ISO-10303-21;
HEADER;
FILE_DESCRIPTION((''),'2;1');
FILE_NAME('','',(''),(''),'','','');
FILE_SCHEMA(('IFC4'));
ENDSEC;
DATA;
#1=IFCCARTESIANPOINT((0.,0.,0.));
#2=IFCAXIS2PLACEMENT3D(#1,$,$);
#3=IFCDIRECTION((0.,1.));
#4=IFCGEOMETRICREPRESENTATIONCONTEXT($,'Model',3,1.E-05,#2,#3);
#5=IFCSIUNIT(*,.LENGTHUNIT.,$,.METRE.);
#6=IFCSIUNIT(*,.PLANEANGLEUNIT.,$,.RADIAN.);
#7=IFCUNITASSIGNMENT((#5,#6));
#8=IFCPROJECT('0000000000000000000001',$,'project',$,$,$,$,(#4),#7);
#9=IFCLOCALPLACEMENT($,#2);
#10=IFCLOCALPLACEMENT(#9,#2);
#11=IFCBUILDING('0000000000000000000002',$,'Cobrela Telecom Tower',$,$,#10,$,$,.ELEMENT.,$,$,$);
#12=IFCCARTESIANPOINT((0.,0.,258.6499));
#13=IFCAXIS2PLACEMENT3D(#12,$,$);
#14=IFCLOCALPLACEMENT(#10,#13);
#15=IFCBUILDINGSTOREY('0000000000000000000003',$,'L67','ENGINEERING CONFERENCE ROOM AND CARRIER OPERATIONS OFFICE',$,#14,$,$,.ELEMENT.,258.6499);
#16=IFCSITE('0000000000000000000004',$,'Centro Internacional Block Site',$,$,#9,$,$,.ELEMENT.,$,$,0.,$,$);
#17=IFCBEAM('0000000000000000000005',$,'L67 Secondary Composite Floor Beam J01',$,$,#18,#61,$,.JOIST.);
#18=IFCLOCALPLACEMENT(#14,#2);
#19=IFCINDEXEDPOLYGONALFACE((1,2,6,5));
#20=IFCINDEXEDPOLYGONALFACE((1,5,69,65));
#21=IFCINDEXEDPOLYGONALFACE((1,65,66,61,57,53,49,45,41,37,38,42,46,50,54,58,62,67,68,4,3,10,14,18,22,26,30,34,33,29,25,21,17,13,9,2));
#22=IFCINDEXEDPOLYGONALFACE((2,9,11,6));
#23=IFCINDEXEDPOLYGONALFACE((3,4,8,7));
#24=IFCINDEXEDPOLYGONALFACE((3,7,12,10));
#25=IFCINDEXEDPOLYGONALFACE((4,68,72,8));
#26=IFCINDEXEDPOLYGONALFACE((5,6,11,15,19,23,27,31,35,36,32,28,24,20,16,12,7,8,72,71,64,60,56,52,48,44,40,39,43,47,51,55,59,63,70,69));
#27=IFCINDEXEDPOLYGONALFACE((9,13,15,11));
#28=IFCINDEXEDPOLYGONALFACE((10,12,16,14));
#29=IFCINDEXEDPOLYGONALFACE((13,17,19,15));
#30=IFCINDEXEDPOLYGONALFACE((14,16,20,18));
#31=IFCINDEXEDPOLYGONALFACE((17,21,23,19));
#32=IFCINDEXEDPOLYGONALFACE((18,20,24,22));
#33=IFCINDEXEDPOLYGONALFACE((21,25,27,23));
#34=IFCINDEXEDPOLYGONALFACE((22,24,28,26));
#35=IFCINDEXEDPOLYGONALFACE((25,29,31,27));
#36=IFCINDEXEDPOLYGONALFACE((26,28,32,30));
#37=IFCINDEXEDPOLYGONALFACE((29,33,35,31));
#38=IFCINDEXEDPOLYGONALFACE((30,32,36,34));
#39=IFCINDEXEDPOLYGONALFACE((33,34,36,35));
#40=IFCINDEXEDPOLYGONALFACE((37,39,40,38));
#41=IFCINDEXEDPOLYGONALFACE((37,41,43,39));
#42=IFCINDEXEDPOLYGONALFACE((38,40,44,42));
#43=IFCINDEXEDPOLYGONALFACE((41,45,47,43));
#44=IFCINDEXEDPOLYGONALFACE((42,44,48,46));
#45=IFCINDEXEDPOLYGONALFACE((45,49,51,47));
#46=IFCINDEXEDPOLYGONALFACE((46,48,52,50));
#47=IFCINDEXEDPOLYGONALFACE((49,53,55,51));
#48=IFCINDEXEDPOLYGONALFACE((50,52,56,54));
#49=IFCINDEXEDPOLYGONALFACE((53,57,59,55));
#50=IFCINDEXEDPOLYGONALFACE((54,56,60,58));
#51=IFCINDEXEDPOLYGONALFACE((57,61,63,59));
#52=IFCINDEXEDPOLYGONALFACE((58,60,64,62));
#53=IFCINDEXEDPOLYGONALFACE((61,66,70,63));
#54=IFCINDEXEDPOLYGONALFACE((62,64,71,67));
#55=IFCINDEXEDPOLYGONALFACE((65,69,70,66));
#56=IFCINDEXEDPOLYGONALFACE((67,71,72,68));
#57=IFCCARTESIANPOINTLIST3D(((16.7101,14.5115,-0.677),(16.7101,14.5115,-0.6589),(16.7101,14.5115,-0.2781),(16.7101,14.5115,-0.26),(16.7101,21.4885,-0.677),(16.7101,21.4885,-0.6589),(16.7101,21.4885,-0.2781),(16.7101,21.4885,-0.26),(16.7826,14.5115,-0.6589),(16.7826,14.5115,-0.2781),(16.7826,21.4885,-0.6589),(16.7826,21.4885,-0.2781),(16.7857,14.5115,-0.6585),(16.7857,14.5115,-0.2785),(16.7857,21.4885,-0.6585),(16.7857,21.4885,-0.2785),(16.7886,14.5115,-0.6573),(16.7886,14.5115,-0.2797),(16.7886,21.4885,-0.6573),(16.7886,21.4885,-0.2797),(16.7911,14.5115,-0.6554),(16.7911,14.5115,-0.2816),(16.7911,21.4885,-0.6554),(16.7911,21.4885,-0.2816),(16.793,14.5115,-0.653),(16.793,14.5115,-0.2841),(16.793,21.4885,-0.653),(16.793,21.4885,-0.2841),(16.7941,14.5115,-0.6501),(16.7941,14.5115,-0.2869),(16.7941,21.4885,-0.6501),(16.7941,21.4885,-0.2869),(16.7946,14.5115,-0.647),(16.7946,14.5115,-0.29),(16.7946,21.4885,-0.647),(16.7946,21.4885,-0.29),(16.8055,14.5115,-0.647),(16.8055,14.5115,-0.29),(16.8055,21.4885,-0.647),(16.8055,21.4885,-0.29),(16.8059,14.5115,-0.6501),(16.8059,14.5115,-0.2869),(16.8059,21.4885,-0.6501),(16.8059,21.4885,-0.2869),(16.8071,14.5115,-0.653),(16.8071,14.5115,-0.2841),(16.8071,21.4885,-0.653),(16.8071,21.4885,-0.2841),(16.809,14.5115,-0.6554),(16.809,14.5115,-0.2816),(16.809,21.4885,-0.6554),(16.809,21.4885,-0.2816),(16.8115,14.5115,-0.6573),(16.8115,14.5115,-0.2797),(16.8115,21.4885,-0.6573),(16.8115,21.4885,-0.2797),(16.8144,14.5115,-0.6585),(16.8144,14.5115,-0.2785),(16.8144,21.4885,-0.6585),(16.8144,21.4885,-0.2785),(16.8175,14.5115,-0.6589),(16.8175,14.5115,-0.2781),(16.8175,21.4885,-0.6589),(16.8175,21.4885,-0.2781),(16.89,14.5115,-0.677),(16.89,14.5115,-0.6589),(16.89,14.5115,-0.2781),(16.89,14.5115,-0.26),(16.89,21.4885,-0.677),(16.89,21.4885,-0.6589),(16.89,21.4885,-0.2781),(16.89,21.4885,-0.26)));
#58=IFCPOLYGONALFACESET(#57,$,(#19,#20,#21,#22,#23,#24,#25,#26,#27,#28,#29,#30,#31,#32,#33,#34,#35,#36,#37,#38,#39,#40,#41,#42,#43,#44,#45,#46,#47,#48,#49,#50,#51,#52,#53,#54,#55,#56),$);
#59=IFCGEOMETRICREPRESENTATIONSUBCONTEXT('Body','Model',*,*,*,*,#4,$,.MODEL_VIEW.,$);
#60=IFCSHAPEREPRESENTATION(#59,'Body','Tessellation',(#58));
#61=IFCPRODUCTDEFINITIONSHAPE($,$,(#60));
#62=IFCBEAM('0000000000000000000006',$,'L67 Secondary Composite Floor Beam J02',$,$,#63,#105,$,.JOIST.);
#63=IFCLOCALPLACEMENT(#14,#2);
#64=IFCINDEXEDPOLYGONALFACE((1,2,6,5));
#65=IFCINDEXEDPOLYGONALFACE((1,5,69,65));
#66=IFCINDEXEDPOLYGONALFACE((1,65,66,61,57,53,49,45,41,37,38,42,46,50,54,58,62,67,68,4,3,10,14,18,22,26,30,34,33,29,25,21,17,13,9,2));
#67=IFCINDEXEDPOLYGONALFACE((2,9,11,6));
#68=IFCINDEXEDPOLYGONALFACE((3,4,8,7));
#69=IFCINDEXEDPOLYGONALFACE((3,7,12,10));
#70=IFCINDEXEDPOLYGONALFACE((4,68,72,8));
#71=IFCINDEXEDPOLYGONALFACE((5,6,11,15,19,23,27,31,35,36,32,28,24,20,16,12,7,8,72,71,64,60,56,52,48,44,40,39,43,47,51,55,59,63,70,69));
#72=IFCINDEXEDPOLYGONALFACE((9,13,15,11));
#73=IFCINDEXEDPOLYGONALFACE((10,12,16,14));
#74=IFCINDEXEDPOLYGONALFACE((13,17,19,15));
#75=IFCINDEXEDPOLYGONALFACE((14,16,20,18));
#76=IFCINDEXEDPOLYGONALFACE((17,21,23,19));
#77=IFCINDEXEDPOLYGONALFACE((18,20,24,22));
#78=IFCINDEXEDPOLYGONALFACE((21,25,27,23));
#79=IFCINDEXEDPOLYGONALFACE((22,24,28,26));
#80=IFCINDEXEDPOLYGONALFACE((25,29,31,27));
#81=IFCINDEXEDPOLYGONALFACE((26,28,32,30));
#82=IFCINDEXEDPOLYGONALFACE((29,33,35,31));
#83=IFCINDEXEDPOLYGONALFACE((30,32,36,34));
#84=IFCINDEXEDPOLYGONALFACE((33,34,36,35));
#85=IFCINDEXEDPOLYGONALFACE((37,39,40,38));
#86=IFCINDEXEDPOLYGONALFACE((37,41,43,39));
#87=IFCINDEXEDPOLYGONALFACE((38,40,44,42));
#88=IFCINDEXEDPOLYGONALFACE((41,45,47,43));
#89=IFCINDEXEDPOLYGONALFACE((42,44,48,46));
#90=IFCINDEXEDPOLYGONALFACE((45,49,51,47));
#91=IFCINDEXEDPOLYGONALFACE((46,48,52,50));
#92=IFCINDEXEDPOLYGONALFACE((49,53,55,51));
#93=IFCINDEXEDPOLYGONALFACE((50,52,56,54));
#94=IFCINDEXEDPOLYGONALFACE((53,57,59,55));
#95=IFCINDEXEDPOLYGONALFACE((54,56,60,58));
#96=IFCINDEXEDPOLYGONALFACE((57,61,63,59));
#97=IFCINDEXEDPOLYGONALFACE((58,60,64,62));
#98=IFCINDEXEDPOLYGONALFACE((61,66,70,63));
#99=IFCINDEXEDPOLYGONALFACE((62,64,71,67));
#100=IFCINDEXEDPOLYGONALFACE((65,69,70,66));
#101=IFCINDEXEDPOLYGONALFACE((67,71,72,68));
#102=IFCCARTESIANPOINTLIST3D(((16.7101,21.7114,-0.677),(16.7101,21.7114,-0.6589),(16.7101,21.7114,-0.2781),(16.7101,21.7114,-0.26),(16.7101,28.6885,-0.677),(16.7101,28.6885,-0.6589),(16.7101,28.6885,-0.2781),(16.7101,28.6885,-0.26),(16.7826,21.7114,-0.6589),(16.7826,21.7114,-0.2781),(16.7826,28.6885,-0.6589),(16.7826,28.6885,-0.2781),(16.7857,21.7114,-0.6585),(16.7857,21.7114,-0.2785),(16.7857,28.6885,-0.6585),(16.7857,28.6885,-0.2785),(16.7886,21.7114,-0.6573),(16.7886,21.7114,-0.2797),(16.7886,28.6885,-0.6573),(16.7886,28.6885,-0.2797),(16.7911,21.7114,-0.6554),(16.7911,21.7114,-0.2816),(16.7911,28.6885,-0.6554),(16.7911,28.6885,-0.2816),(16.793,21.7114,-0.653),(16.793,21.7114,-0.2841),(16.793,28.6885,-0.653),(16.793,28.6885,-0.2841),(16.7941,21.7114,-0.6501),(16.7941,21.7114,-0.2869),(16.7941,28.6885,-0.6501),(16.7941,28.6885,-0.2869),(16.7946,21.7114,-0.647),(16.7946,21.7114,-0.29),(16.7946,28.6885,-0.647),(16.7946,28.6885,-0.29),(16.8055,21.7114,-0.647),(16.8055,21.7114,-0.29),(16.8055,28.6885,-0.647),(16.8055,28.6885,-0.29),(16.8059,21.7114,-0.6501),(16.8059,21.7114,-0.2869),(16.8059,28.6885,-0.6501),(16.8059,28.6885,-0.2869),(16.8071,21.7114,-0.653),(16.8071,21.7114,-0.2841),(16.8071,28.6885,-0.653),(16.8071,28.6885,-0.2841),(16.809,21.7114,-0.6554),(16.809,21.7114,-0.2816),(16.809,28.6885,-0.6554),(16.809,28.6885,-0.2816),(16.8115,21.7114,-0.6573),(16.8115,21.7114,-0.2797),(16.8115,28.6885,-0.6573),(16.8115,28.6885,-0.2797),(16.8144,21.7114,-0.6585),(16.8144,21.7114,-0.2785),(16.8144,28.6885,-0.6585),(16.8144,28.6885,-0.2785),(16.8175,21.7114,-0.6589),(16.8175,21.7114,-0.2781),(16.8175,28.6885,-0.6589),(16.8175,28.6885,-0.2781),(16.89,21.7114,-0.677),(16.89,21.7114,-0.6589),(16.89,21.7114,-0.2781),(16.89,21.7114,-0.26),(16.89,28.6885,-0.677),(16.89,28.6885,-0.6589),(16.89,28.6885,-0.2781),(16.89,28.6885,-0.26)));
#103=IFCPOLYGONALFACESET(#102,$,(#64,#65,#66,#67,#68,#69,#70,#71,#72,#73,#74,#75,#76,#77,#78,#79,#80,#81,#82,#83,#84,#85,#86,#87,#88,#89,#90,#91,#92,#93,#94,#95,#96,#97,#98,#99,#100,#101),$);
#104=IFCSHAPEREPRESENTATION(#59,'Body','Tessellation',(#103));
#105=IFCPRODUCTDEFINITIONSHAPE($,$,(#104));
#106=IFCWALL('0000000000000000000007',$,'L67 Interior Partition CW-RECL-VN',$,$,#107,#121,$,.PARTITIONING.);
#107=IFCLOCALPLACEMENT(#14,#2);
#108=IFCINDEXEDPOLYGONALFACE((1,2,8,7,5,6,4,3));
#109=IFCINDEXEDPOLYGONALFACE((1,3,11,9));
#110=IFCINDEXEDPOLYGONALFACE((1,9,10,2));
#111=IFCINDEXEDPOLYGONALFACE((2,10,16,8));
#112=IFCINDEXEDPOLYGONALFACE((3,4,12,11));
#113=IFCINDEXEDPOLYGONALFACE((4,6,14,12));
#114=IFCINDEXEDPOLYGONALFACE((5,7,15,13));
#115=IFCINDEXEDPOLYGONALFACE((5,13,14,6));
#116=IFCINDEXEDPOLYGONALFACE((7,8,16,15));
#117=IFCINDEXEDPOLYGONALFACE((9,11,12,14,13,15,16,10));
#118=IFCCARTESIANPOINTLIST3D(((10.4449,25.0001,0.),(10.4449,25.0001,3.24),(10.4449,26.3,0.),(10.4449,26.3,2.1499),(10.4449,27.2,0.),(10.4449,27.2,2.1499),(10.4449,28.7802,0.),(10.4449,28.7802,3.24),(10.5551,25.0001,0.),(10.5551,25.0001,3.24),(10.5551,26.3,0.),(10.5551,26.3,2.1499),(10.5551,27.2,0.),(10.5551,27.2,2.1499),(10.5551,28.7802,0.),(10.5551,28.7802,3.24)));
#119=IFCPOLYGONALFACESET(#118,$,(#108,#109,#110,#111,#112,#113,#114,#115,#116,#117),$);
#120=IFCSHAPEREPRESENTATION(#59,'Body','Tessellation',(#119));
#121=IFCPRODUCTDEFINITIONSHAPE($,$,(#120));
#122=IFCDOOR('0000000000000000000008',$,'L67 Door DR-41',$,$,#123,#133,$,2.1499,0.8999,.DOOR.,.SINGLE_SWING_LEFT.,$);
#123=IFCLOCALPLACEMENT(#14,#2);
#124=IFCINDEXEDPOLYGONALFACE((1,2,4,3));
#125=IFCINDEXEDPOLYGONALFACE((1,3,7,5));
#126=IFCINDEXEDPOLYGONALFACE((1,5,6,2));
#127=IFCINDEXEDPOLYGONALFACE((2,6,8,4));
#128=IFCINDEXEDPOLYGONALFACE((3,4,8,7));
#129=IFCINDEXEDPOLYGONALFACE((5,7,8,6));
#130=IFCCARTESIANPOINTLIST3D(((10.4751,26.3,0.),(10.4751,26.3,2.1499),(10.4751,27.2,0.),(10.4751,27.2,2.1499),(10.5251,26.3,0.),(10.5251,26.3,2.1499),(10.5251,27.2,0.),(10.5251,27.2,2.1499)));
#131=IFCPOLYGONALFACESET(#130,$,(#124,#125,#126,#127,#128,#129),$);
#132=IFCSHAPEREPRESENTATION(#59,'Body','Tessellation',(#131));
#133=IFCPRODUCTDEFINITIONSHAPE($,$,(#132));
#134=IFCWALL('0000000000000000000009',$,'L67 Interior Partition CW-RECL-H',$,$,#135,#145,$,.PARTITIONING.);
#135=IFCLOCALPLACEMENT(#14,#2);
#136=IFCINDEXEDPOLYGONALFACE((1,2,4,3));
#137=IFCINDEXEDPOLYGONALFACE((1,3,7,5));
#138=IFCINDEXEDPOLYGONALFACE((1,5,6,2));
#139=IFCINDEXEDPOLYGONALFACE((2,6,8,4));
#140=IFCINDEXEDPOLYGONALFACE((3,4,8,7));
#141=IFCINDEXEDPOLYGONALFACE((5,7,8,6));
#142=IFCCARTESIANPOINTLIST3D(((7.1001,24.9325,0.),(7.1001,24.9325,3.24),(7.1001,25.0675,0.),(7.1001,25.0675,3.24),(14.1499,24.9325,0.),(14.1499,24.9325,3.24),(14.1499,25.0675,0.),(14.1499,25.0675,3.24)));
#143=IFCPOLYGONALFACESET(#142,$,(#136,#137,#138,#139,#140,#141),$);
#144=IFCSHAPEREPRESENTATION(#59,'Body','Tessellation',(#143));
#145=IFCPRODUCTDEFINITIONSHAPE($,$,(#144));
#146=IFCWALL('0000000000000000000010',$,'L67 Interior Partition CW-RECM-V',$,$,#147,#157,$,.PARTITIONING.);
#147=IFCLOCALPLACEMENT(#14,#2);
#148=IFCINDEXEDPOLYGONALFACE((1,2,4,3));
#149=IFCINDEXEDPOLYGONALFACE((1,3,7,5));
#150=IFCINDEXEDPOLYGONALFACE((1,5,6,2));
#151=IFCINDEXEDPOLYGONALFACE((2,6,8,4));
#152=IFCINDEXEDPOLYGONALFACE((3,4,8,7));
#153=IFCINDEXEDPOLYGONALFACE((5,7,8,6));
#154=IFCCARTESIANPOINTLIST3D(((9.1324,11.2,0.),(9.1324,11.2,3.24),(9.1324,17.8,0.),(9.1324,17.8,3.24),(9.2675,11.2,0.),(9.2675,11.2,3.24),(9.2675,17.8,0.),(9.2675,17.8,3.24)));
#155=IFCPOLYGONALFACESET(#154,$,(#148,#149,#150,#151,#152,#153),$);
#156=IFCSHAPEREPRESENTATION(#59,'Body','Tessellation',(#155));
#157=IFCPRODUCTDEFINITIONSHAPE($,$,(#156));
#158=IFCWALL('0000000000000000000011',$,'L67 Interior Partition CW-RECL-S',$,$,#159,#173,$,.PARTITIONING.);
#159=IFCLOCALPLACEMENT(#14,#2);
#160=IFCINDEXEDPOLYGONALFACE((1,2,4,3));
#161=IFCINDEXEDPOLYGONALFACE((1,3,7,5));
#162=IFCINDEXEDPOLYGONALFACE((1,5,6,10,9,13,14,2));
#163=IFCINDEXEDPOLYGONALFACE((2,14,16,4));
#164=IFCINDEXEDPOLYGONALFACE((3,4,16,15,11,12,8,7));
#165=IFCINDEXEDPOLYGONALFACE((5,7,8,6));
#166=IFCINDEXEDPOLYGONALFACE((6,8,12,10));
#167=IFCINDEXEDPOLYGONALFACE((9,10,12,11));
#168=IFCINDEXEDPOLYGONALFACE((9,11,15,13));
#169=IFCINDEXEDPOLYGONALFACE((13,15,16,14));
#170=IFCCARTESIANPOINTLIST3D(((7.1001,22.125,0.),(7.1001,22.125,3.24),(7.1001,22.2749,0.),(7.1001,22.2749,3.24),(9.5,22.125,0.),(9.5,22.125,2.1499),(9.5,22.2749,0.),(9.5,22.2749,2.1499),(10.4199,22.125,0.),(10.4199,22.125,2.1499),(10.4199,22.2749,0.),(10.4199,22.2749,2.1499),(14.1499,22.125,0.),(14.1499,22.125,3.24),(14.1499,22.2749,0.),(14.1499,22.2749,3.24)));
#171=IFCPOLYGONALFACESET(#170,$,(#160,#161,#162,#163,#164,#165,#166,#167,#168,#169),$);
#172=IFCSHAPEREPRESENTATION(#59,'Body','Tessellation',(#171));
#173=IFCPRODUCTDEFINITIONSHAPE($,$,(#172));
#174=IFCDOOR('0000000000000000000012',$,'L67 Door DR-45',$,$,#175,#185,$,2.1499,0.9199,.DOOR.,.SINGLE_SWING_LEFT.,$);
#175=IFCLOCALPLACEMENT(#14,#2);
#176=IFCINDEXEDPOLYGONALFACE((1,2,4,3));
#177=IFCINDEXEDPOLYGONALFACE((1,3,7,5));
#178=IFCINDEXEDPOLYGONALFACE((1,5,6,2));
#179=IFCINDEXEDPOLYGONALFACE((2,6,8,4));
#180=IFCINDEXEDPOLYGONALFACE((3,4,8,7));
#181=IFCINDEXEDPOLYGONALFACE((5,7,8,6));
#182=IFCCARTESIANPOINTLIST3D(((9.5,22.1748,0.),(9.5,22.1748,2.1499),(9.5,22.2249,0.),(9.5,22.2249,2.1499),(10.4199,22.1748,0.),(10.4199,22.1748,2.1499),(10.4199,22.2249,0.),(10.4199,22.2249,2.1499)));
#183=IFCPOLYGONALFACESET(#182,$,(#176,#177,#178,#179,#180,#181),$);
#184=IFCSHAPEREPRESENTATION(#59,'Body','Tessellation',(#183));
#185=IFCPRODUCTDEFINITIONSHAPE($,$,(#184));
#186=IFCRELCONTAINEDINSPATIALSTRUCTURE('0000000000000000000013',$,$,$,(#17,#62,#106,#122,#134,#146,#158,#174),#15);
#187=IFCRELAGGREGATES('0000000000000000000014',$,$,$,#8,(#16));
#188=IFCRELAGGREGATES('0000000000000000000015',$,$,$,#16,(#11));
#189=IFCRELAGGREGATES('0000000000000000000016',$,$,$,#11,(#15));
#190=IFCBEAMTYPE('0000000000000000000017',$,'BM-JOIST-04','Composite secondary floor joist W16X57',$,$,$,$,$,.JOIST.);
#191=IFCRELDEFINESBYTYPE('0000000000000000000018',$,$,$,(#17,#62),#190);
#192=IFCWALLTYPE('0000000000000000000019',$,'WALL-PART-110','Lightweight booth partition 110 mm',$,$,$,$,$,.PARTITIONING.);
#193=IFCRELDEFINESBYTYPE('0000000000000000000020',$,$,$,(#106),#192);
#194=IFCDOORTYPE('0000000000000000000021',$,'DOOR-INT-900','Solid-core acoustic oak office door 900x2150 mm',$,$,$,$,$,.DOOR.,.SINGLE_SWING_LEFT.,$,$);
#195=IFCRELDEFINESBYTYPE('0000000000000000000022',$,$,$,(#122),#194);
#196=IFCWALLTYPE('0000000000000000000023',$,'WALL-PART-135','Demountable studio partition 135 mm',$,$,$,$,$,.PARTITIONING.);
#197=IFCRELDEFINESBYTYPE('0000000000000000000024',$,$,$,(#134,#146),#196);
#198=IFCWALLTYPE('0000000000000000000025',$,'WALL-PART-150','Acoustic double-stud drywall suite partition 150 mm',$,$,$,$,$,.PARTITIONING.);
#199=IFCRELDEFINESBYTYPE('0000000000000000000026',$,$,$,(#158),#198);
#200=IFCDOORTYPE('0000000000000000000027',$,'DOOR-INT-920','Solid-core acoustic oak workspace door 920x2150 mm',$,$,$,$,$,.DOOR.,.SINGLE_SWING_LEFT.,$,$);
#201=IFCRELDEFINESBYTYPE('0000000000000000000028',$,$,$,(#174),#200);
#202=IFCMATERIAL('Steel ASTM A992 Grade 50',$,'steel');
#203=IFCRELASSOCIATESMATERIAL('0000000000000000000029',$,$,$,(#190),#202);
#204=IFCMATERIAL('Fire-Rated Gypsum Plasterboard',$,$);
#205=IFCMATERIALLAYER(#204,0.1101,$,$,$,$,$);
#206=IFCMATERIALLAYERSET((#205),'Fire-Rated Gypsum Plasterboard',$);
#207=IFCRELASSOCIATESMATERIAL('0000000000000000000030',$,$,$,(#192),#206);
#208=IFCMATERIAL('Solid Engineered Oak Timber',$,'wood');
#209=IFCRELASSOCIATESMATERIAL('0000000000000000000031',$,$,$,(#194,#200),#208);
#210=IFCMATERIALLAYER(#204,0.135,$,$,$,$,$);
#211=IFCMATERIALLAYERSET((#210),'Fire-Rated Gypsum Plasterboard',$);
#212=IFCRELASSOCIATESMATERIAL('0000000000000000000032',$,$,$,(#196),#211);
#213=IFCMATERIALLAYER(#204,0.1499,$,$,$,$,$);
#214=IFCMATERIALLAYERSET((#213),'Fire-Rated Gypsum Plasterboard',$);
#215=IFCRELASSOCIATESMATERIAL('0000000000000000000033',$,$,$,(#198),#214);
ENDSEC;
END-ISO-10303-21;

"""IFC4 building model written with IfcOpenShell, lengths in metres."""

from ifc_helpers import new_model, si_unit, direction, frame, frame_2d, origin, origin_2d, place, context, subcontext, project, spatial, rectangle, i_section, extrude, material, layer, layer_set, material_profile, profile_set, type_object, element, fill, save


model = new_model("IFC4")

# Units and contexts
model_context = context("Model", 3, precision=1e-05, world=origin(), true_north=direction((0.0, 1.0)))
body_context = subcontext(model_context, "Body", "Model", "MODEL_VIEW")
ifc_project = project(units=[si_unit("LENGTHUNIT", "METRE"), si_unit("PLANEANGLEUNIT", "RADIAN")], contexts=[model_context])

# Site, building, storey
site_placement = place(None, origin())
site = spatial("IfcSite", under=ifc_project, at=site_placement, Name="Centro Internacional Block Site", CompositionType="ELEMENT", RefElevation=0.0)
building_placement = place(site_placement, origin())
building = spatial("IfcBuilding", under=site, at=building_placement, Name="Cobrela Telecom Tower", CompositionType="ELEMENT")
storey_placement = place(building_placement, frame((0.0, 0.0, 258.6499)))
storey = spatial("IfcBuildingStorey", under=building, at=storey_placement, Name="L67", Description="ENGINEERING CONFERENCE ROOM AND CARRIER OPERATIONS OFFICE", CompositionType="ELEMENT", Elevation=258.6499)

# Beams
ifc_material_1 = material(Name="Steel ASTM A992 Grade 50", Category="steel")
ifc_material_profile_1 = material_profile(ifc_material_1, i_section(OverallWidth=0.1799, OverallDepth=0.417, WebThickness=0.011, FlangeThickness=0.0181, FilletRadius=0.012, at=origin_2d()), Name="W16X57")
ifc_profile_set_1 = profile_set([ifc_material_profile_1], Name="Steel ASTM A992 Grade 50")
beam_type_1 = type_object("IfcBeamType", Name="BM-JOIST-04", Description="Composite secondary floor joist W16X57", PredefinedType="JOIST", material=ifc_profile_set_1)
for number, where, z_axis, x_axis, name in (
    (1, (16.8, 14.5115, -0.4685), (0.0, 1.0, 0.0), (-1.0, 0.0, 0.0), "L67 Secondary Composite Floor Beam J01"),
    (2, (16.8, 21.7114, -0.4685), (0.0, 1.0, 0.0), (-1.0, 0.0, 0.0), "L67 Secondary Composite Floor Beam J02"),
):
    element("IfcBeam", number, at=place(storey_placement, frame(where, z_axis=z_axis, x_axis=x_axis)), inside=storey, type_object=beam_type_1, Name=name, PredefinedType="JOIST", context=body_context, shape_type="SweptSolid", body=[
        extrude(i_section(OverallWidth=0.1799, OverallDepth=0.417, WebThickness=0.011, FlangeThickness=0.0181, FilletRadius=0.012, at=origin_2d()), origin(), (0.0, 0.0, 1.0), 6.9771),
    ])

# Wall, opening, door
ifc_material_2 = material(Name="Fire-Rated Gypsum Plasterboard")
ifc_layer_1 = layer(ifc_material_2, 0.1101)
ifc_layer_set_1 = layer_set([ifc_layer_1], Name="Fire-Rated Gypsum Plasterboard")
wall_type_1 = type_object("IfcWallType", Name="WALL-PART-110", Description="Lightweight booth partition 110 mm", PredefinedType="PARTITIONING", material=ifc_layer_set_1)
wall_1_placement = place(storey_placement, frame((10.5, 25.0, 0.0), z_axis=(0.0, 0.0, 1.0), x_axis=(0.0, 1.0, 0.0)))
wall_1 = element("IfcWall", 3, at=wall_1_placement, inside=storey, type_object=wall_type_1, Name="L67 Interior Partition CW-RECL-VN", PredefinedType="PARTITIONING", context=body_context, shape_type="SweptSolid", body=[
    extrude(rectangle(XDim=3.78, YDim=0.1101, at=frame_2d((1.8901, 0.0))), origin(), (0.0, 0.0, 1.0), 3.24),
])
opening_1_placement = place(wall_1_placement, frame((1.3, 0.0, 0.0)))
opening_1 = element("IfcOpeningElement", 4, at=opening_1_placement, cuts=wall_1, PredefinedType="OPENING", context=body_context, shape_type="SweptSolid", body=[
    extrude(rectangle(XDim=0.8999, YDim=2.1499, at=frame_2d((0.45, 1.075))), frame((0.0, 0.0669, 0.0), z_axis=(0.0, -1.0, 0.0), x_axis=(1.0, 0.0, 0.0)), (0.0, 0.0, 1.0), 0.134),
])
ifc_material_3 = material(Name="Solid Engineered Oak Timber", Category="wood")
door_type_1 = type_object("IfcDoorType", Name="DOOR-INT-900", Description="Solid-core acoustic oak office door 900x2150 mm", OperationType="SINGLE_SWING_LEFT", PredefinedType="DOOR", material=ifc_material_3)
door_1_placement = place(opening_1_placement, origin())
door_1 = element("IfcDoor", 5, at=door_1_placement, inside=storey, type_object=door_type_1, Name="L67 Door DR-41", OperationType="SINGLE_SWING_LEFT", OverallHeight=2.1499, OverallWidth=0.8999, PredefinedType="DOOR", context=body_context, shape_type="SweptSolid", body=[
    extrude(rectangle(XDim=0.8999, YDim=2.1499, at=frame_2d((0.45, 1.075))), frame((0.0, 0.0249, 0.0), z_axis=(0.0, -1.0, 0.0), x_axis=(1.0, 0.0, 0.0)), (0.0, 0.0, 1.0), 0.05),
])
fill(opening_1, door_1)

# Walls
ifc_layer_2 = layer(ifc_material_2, 0.135)
ifc_layer_set_2 = layer_set([ifc_layer_2], Name="Fire-Rated Gypsum Plasterboard")
wall_type_2 = type_object("IfcWallType", Name="WALL-PART-135", Description="Demountable studio partition 135 mm", PredefinedType="PARTITIONING", material=ifc_layer_set_2)
wall_2_placement = place(storey_placement, frame((7.1001, 25.0, 0.0), z_axis=(0.0, 0.0, 1.0), x_axis=(1.0, 0.0, 0.0)))
element("IfcWall", 6, at=wall_2_placement, inside=storey, type_object=wall_type_2, Name="L67 Interior Partition CW-RECL-H", PredefinedType="PARTITIONING", context=body_context, shape_type="SweptSolid", body=[
    extrude(rectangle(XDim=7.0498, YDim=0.135, at=frame_2d((3.5249, 0.0))), origin(), (0.0, 0.0, 1.0), 3.24),
])
wall_3_placement = place(storey_placement, frame((9.2, 11.2, 0.0), z_axis=(0.0, 0.0, 1.0), x_axis=(0.0, 1.0, 0.0)))
element("IfcWall", 7, at=wall_3_placement, inside=storey, type_object=wall_type_2, Name="L67 Interior Partition CW-RECM-V", PredefinedType="PARTITIONING", context=body_context, shape_type="SweptSolid", body=[
    extrude(rectangle(XDim=6.6001, YDim=0.135, at=frame_2d((3.3, 0.0))), origin(), (0.0, 0.0, 1.0), 3.24),
])

# Wall, opening, door
ifc_layer_3 = layer(ifc_material_2, 0.1499)
ifc_layer_set_3 = layer_set([ifc_layer_3], Name="Fire-Rated Gypsum Plasterboard")
wall_type_3 = type_object("IfcWallType", Name="WALL-PART-150", Description="Acoustic double-stud drywall suite partition 150 mm", PredefinedType="PARTITIONING", material=ifc_layer_set_3)
wall_4_placement = place(storey_placement, frame((7.1001, 22.2, 0.0), z_axis=(0.0, 0.0, 1.0), x_axis=(1.0, 0.0, 0.0)))
wall_4 = element("IfcWall", 8, at=wall_4_placement, inside=storey, type_object=wall_type_3, Name="L67 Interior Partition CW-RECL-S", PredefinedType="PARTITIONING", context=body_context, shape_type="SweptSolid", body=[
    extrude(rectangle(XDim=7.0498, YDim=0.1499, at=frame_2d((3.5249, 0.0))), origin(), (0.0, 0.0, 1.0), 3.24),
])
opening_2_placement = place(wall_4_placement, frame((2.3999, 0.0, 0.0)))
opening_2 = element("IfcOpeningElement", 9, at=opening_2_placement, cuts=wall_4, PredefinedType="OPENING", context=body_context, shape_type="SweptSolid", body=[
    extrude(rectangle(XDim=0.9199, YDim=2.1499, at=frame_2d((0.46, 1.075))), frame((0.0, 0.0869, 0.0), z_axis=(0.0, -1.0, 0.0), x_axis=(1.0, 0.0, 0.0)), (0.0, 0.0, 1.0), 0.1738),
])
door_type_2 = type_object("IfcDoorType", Name="DOOR-INT-920", Description="Solid-core acoustic oak workspace door 920x2150 mm", OperationType="SINGLE_SWING_LEFT", PredefinedType="DOOR", material=ifc_material_3)
door_2_placement = place(opening_2_placement, origin())
door_2 = element("IfcDoor", 10, at=door_2_placement, inside=storey, type_object=door_type_2, Name="L67 Door DR-45", OperationType="SINGLE_SWING_LEFT", OverallHeight=2.1499, OverallWidth=0.9199, PredefinedType="DOOR", context=body_context, shape_type="SweptSolid", body=[
    extrude(rectangle(XDim=0.9199, YDim=2.1499, at=frame_2d((0.46, 1.075))), frame((0.0, 0.0249, 0.0), z_axis=(0.0, -1.0, 0.0), x_axis=(1.0, 0.0, 0.0)), (0.0, 0.0, 1.0), 0.05),
])
fill(opening_2, door_2)

save(model, "model.ifc")
